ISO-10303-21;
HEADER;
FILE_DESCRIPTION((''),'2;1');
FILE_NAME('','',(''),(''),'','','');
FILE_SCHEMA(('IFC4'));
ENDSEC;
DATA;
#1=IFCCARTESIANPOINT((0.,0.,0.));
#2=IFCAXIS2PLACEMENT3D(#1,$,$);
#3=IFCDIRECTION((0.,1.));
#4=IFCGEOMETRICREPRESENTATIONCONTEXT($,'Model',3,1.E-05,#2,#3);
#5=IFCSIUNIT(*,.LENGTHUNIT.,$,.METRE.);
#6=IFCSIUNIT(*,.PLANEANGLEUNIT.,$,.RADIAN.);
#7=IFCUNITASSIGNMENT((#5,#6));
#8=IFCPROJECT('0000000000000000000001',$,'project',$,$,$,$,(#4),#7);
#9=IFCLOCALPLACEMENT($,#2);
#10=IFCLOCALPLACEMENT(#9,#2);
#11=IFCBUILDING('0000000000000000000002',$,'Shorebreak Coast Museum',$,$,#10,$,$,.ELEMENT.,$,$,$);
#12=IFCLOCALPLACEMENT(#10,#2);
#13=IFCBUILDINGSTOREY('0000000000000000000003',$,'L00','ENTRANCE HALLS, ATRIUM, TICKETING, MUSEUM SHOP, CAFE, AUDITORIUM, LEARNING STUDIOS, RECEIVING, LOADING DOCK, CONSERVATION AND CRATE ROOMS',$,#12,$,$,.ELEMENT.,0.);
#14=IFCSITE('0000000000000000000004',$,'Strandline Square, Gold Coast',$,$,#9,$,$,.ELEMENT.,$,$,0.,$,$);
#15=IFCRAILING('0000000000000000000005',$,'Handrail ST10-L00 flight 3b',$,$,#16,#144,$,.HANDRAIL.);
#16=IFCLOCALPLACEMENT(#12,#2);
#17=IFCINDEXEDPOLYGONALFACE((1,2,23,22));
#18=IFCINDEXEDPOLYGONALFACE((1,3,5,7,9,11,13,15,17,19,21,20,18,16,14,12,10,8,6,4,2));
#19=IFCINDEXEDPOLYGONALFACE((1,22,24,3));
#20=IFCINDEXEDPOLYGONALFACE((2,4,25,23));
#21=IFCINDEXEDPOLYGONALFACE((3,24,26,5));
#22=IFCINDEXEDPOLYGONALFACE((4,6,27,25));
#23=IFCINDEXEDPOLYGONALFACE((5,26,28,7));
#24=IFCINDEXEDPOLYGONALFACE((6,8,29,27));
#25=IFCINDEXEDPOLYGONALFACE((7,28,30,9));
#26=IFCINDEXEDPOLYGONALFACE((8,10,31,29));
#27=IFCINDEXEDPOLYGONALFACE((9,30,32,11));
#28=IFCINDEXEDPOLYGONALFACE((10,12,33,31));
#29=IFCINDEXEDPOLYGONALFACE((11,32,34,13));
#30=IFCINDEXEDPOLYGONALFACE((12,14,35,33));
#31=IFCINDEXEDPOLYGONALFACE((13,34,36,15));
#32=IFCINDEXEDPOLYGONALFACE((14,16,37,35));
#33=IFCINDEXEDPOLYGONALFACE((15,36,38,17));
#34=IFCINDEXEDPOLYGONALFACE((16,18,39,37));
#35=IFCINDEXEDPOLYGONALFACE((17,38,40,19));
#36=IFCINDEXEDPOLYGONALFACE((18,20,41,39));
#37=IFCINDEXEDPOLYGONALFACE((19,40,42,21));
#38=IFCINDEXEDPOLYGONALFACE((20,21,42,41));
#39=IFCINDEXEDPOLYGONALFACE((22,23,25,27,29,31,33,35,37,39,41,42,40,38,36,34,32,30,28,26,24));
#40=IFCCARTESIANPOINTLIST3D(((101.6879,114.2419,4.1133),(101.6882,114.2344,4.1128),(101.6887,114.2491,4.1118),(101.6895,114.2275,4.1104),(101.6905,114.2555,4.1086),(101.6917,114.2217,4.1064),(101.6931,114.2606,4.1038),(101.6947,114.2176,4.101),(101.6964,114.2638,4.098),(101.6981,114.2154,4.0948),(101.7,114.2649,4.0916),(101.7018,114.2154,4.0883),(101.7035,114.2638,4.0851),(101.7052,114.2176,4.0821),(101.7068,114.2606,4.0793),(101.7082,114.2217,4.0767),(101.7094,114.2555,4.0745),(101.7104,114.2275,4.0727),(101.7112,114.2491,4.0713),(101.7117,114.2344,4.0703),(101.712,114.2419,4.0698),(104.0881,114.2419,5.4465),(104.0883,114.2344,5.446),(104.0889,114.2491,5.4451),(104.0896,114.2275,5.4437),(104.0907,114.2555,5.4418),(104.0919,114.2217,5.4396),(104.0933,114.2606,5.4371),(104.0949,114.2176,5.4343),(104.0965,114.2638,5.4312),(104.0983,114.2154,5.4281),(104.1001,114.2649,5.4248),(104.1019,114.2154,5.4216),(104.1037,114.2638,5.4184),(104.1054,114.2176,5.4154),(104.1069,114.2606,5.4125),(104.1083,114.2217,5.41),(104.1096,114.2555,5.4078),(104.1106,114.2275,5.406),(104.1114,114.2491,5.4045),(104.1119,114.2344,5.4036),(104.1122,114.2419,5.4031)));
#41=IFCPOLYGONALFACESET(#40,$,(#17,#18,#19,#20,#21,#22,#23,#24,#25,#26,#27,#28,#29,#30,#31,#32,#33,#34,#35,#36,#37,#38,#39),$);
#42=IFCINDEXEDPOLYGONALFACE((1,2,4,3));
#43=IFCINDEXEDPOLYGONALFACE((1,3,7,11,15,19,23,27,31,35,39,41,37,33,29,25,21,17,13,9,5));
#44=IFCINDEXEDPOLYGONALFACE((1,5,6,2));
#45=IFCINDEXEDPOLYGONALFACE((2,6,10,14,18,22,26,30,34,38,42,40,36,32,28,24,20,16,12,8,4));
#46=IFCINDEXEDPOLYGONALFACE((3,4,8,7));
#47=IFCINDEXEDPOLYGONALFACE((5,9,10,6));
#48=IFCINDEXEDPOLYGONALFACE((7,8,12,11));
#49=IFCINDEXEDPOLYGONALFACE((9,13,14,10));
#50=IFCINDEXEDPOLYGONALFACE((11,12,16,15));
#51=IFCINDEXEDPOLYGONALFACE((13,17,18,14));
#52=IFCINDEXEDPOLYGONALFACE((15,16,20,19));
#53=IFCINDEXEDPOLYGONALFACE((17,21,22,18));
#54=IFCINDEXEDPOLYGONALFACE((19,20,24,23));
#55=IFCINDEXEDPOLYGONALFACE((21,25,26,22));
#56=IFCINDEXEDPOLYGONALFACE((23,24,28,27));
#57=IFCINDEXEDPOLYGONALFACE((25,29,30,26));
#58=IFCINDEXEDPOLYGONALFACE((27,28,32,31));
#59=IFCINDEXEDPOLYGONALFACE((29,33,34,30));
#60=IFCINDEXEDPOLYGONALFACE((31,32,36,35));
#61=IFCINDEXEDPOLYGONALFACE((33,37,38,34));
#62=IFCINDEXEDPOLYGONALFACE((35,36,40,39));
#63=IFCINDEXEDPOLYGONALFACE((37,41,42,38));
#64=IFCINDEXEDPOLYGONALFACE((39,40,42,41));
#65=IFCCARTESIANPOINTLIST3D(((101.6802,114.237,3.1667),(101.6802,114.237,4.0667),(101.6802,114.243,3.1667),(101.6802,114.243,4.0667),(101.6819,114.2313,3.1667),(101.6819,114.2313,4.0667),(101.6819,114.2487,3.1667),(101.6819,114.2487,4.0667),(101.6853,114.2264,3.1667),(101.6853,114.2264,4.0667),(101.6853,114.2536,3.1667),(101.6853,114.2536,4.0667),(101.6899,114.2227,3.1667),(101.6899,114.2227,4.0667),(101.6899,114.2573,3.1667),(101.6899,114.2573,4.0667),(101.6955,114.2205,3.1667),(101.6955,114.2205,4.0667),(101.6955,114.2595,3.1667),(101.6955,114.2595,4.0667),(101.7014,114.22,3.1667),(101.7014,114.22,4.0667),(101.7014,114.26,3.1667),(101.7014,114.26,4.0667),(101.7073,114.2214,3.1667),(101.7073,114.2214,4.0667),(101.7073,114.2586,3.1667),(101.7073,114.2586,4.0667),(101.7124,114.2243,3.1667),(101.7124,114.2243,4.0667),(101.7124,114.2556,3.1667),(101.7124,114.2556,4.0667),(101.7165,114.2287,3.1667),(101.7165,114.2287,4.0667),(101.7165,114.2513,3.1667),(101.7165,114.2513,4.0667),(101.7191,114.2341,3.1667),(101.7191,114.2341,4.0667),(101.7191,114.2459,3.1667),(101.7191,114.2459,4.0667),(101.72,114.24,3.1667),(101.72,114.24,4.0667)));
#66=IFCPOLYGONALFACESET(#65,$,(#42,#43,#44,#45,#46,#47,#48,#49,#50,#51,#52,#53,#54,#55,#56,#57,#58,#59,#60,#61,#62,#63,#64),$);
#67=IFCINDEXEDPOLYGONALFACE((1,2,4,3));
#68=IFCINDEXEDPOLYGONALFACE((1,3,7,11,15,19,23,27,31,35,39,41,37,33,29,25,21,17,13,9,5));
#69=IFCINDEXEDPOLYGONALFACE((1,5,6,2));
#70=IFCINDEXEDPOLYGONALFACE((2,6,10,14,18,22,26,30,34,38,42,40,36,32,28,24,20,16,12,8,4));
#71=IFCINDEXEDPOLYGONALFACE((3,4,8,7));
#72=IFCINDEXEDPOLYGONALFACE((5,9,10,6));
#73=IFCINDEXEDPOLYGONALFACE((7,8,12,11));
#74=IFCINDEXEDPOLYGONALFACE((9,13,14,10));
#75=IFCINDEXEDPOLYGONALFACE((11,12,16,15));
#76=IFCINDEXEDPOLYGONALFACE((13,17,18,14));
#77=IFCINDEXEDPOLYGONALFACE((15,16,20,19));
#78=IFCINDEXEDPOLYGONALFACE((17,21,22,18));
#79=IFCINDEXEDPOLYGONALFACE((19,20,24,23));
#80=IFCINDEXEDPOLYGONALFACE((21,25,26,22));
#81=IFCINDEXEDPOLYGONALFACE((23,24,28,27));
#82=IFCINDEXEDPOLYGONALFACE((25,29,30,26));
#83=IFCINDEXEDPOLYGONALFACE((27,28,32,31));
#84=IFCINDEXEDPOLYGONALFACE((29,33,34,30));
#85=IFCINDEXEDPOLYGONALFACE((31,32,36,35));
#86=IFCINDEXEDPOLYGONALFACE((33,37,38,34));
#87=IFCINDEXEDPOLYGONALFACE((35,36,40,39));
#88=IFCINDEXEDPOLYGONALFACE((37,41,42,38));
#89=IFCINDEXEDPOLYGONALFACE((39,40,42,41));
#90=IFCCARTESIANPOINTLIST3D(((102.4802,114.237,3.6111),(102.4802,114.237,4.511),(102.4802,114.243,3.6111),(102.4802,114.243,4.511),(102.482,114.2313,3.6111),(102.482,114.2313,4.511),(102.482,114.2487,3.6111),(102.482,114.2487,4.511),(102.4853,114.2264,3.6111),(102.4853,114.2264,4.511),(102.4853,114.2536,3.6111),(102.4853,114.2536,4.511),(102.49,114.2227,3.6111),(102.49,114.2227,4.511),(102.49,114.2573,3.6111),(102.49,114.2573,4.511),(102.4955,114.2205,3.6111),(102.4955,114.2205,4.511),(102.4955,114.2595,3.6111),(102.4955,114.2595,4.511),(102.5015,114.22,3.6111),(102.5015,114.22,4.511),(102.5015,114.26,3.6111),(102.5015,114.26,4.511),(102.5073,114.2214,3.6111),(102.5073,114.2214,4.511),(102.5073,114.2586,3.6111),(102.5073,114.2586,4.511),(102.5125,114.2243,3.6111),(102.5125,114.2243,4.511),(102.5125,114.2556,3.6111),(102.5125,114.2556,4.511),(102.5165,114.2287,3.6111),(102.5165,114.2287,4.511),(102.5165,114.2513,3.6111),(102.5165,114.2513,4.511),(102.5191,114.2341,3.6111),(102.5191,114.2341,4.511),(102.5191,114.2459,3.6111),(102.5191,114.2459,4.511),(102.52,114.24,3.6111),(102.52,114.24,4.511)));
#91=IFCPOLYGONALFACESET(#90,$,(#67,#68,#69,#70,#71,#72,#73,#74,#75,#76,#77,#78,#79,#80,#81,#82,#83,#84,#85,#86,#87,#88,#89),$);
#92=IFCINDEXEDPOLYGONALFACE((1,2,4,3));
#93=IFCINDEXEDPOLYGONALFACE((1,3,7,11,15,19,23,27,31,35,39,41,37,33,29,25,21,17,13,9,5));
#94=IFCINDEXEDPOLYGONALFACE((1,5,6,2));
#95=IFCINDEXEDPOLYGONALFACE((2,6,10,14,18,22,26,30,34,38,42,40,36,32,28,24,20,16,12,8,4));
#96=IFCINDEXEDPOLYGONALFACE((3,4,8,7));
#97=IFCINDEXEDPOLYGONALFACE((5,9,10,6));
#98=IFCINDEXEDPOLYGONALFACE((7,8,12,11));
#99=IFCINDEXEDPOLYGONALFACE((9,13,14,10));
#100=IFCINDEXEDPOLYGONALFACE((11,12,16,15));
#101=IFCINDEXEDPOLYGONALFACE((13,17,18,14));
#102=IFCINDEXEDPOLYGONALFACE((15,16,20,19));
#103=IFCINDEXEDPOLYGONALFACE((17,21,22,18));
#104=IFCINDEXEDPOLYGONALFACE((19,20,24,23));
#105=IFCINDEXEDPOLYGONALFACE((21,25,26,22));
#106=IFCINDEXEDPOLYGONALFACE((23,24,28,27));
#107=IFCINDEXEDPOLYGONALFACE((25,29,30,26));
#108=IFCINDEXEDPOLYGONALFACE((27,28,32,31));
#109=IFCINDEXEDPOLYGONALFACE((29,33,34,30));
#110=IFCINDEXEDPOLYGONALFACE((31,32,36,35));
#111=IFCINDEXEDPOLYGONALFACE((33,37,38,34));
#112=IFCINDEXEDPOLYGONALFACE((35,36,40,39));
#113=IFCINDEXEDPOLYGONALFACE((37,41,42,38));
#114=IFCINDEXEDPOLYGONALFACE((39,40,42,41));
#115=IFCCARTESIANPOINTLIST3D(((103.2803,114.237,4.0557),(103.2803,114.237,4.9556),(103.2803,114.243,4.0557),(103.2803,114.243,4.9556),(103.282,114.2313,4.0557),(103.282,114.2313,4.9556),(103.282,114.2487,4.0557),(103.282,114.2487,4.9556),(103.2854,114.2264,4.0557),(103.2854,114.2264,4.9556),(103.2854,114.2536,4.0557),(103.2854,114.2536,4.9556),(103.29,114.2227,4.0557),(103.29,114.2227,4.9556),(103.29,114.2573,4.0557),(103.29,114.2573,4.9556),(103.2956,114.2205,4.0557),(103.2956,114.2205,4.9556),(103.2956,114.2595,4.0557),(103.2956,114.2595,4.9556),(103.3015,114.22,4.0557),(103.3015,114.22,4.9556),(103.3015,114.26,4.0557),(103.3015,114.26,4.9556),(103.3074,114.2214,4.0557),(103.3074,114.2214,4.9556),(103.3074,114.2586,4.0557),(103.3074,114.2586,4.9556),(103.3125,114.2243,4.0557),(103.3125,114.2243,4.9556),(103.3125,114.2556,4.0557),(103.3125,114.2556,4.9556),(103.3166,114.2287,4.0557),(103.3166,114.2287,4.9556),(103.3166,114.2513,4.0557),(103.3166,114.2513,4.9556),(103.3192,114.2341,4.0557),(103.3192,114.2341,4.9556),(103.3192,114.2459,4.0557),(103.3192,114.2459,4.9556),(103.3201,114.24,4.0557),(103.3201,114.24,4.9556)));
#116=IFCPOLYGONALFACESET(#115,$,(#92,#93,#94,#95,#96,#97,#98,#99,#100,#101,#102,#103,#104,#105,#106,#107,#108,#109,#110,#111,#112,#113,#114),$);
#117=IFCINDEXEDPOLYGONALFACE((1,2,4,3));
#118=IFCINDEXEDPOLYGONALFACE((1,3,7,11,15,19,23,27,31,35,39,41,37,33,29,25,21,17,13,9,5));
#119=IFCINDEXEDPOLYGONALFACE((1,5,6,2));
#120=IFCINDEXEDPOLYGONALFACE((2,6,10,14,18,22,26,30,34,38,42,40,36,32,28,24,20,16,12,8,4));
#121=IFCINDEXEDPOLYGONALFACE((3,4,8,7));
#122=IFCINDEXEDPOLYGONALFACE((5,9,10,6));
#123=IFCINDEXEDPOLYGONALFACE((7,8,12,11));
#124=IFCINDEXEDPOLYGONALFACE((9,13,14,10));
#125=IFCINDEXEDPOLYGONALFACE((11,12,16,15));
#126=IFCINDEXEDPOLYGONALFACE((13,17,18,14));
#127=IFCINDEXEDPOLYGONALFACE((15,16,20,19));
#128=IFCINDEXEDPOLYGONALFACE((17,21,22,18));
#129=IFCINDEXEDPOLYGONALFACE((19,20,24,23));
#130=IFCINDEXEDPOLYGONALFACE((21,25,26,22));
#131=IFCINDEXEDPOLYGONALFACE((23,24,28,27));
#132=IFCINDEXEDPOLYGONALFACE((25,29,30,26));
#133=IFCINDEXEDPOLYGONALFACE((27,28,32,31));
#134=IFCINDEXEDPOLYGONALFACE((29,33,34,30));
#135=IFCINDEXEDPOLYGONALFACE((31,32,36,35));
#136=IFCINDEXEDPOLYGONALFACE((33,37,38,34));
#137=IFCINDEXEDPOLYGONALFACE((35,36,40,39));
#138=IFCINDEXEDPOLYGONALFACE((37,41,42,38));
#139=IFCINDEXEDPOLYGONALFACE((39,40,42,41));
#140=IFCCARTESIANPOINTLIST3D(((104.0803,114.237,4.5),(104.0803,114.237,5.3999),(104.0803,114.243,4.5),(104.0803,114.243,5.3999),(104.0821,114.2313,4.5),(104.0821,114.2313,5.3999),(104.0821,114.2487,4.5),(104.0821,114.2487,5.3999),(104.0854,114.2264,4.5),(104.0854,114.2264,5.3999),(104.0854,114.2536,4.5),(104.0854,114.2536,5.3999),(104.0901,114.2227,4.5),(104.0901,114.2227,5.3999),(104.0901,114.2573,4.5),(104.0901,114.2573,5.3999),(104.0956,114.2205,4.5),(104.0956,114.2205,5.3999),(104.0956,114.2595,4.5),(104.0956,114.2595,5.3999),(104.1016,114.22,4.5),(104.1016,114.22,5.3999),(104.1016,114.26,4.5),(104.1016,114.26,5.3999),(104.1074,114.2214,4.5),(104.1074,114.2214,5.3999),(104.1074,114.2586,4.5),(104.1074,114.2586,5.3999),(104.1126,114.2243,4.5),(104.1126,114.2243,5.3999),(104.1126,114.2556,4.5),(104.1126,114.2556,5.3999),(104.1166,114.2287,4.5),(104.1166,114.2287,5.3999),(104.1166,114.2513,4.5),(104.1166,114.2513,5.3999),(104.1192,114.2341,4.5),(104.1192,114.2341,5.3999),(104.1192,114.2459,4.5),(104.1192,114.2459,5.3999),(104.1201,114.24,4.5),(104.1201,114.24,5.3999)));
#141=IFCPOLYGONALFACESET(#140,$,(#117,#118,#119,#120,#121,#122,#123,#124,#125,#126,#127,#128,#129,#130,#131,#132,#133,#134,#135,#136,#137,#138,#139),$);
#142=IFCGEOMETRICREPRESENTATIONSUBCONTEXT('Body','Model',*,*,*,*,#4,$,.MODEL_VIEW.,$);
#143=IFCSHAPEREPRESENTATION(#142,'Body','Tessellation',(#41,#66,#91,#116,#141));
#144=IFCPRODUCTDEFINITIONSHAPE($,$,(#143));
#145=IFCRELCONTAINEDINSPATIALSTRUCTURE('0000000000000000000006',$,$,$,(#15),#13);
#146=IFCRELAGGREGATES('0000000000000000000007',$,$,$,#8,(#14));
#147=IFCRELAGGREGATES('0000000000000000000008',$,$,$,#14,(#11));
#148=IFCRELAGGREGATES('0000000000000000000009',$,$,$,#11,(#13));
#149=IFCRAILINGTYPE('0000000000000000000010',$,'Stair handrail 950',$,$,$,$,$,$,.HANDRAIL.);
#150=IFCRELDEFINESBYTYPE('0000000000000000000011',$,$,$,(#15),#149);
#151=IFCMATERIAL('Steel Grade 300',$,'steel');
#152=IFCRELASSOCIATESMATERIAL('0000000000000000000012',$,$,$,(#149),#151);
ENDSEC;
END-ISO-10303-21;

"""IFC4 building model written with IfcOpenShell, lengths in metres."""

from ifc_helpers import new_model, si_unit, direction, frame, origin, origin_2d, place, context, subcontext, project, spatial, circle, extrude, material, type_object, element, save


model = new_model("IFC4")

# Units and contexts
model_context = context("Model", 3, precision=1e-05, world=origin(), true_north=direction((0.0, 1.0)))
body_context = subcontext(model_context, "Body", "Model", "MODEL_VIEW")
ifc_project = project(units=[si_unit("LENGTHUNIT", "METRE"), si_unit("PLANEANGLEUNIT", "RADIAN")], contexts=[model_context])

# Site, building, storey
site_placement = place(None, origin())
site = spatial("IfcSite", under=ifc_project, at=site_placement, Name="Strandline Square, Gold Coast", CompositionType="ELEMENT", RefElevation=0.0)
building_placement = place(site_placement, origin())
building = spatial("IfcBuilding", under=site, at=building_placement, Name="Shorebreak Coast Museum", CompositionType="ELEMENT")
storey_placement = place(building_placement, origin())
storey = spatial("IfcBuildingStorey", under=building, at=storey_placement, Name="L00", Description="ENTRANCE HALLS, ATRIUM, TICKETING, MUSEUM SHOP, CAFE, AUDITORIUM, LEARNING STUDIOS, RECEIVING, LOADING DOCK, CONSERVATION AND CRATE ROOMS", CompositionType="ELEMENT", Elevation=0.0)

# Railing
ifc_material_1 = material(Name="Steel Grade 300", Category="steel")
railing_type_1 = type_object("IfcRailingType", Name="Stair handrail 950", PredefinedType="HANDRAIL", material=ifc_material_1)
for number, where, name in (
    (1, (101.7, 114.24, 3.1667), "Handrail ST10-L00 flight 3b"),
):
    element("IfcRailing", number, at=place(storey_placement, frame(where)), inside=storey, type_object=railing_type_1, Name=name, PredefinedType="HANDRAIL", context=body_context, shape_type="SweptSolid", body=[
        extrude(circle(Radius=0.0249, at=origin_2d()), frame((0.0, 0.0, 0.9248), z_axis=(0.874182, 0.0, 0.485598), x_axis=(0.0, 1.0, 0.0)), (0.0, 0.0, 1.0), 2.7456),
        extrude(circle(Radius=0.02, at=origin_2d()), origin(), (0.0, 0.0, 1.0), 0.8999),
        extrude(circle(Radius=0.02, at=origin_2d()), frame((0.8, 0.0, 0.4443)), (0.0, 0.0, 1.0), 0.8999),
        extrude(circle(Radius=0.02, at=origin_2d()), frame((1.6001, 0.0, 0.8889)), (0.0, 0.0, 1.0), 0.8999),
        extrude(circle(Radius=0.02, at=origin_2d()), frame((2.4001, 0.0, 1.3333)), (0.0, 0.0, 1.0), 0.8999),
    ])

save(model, "model.ifc")
